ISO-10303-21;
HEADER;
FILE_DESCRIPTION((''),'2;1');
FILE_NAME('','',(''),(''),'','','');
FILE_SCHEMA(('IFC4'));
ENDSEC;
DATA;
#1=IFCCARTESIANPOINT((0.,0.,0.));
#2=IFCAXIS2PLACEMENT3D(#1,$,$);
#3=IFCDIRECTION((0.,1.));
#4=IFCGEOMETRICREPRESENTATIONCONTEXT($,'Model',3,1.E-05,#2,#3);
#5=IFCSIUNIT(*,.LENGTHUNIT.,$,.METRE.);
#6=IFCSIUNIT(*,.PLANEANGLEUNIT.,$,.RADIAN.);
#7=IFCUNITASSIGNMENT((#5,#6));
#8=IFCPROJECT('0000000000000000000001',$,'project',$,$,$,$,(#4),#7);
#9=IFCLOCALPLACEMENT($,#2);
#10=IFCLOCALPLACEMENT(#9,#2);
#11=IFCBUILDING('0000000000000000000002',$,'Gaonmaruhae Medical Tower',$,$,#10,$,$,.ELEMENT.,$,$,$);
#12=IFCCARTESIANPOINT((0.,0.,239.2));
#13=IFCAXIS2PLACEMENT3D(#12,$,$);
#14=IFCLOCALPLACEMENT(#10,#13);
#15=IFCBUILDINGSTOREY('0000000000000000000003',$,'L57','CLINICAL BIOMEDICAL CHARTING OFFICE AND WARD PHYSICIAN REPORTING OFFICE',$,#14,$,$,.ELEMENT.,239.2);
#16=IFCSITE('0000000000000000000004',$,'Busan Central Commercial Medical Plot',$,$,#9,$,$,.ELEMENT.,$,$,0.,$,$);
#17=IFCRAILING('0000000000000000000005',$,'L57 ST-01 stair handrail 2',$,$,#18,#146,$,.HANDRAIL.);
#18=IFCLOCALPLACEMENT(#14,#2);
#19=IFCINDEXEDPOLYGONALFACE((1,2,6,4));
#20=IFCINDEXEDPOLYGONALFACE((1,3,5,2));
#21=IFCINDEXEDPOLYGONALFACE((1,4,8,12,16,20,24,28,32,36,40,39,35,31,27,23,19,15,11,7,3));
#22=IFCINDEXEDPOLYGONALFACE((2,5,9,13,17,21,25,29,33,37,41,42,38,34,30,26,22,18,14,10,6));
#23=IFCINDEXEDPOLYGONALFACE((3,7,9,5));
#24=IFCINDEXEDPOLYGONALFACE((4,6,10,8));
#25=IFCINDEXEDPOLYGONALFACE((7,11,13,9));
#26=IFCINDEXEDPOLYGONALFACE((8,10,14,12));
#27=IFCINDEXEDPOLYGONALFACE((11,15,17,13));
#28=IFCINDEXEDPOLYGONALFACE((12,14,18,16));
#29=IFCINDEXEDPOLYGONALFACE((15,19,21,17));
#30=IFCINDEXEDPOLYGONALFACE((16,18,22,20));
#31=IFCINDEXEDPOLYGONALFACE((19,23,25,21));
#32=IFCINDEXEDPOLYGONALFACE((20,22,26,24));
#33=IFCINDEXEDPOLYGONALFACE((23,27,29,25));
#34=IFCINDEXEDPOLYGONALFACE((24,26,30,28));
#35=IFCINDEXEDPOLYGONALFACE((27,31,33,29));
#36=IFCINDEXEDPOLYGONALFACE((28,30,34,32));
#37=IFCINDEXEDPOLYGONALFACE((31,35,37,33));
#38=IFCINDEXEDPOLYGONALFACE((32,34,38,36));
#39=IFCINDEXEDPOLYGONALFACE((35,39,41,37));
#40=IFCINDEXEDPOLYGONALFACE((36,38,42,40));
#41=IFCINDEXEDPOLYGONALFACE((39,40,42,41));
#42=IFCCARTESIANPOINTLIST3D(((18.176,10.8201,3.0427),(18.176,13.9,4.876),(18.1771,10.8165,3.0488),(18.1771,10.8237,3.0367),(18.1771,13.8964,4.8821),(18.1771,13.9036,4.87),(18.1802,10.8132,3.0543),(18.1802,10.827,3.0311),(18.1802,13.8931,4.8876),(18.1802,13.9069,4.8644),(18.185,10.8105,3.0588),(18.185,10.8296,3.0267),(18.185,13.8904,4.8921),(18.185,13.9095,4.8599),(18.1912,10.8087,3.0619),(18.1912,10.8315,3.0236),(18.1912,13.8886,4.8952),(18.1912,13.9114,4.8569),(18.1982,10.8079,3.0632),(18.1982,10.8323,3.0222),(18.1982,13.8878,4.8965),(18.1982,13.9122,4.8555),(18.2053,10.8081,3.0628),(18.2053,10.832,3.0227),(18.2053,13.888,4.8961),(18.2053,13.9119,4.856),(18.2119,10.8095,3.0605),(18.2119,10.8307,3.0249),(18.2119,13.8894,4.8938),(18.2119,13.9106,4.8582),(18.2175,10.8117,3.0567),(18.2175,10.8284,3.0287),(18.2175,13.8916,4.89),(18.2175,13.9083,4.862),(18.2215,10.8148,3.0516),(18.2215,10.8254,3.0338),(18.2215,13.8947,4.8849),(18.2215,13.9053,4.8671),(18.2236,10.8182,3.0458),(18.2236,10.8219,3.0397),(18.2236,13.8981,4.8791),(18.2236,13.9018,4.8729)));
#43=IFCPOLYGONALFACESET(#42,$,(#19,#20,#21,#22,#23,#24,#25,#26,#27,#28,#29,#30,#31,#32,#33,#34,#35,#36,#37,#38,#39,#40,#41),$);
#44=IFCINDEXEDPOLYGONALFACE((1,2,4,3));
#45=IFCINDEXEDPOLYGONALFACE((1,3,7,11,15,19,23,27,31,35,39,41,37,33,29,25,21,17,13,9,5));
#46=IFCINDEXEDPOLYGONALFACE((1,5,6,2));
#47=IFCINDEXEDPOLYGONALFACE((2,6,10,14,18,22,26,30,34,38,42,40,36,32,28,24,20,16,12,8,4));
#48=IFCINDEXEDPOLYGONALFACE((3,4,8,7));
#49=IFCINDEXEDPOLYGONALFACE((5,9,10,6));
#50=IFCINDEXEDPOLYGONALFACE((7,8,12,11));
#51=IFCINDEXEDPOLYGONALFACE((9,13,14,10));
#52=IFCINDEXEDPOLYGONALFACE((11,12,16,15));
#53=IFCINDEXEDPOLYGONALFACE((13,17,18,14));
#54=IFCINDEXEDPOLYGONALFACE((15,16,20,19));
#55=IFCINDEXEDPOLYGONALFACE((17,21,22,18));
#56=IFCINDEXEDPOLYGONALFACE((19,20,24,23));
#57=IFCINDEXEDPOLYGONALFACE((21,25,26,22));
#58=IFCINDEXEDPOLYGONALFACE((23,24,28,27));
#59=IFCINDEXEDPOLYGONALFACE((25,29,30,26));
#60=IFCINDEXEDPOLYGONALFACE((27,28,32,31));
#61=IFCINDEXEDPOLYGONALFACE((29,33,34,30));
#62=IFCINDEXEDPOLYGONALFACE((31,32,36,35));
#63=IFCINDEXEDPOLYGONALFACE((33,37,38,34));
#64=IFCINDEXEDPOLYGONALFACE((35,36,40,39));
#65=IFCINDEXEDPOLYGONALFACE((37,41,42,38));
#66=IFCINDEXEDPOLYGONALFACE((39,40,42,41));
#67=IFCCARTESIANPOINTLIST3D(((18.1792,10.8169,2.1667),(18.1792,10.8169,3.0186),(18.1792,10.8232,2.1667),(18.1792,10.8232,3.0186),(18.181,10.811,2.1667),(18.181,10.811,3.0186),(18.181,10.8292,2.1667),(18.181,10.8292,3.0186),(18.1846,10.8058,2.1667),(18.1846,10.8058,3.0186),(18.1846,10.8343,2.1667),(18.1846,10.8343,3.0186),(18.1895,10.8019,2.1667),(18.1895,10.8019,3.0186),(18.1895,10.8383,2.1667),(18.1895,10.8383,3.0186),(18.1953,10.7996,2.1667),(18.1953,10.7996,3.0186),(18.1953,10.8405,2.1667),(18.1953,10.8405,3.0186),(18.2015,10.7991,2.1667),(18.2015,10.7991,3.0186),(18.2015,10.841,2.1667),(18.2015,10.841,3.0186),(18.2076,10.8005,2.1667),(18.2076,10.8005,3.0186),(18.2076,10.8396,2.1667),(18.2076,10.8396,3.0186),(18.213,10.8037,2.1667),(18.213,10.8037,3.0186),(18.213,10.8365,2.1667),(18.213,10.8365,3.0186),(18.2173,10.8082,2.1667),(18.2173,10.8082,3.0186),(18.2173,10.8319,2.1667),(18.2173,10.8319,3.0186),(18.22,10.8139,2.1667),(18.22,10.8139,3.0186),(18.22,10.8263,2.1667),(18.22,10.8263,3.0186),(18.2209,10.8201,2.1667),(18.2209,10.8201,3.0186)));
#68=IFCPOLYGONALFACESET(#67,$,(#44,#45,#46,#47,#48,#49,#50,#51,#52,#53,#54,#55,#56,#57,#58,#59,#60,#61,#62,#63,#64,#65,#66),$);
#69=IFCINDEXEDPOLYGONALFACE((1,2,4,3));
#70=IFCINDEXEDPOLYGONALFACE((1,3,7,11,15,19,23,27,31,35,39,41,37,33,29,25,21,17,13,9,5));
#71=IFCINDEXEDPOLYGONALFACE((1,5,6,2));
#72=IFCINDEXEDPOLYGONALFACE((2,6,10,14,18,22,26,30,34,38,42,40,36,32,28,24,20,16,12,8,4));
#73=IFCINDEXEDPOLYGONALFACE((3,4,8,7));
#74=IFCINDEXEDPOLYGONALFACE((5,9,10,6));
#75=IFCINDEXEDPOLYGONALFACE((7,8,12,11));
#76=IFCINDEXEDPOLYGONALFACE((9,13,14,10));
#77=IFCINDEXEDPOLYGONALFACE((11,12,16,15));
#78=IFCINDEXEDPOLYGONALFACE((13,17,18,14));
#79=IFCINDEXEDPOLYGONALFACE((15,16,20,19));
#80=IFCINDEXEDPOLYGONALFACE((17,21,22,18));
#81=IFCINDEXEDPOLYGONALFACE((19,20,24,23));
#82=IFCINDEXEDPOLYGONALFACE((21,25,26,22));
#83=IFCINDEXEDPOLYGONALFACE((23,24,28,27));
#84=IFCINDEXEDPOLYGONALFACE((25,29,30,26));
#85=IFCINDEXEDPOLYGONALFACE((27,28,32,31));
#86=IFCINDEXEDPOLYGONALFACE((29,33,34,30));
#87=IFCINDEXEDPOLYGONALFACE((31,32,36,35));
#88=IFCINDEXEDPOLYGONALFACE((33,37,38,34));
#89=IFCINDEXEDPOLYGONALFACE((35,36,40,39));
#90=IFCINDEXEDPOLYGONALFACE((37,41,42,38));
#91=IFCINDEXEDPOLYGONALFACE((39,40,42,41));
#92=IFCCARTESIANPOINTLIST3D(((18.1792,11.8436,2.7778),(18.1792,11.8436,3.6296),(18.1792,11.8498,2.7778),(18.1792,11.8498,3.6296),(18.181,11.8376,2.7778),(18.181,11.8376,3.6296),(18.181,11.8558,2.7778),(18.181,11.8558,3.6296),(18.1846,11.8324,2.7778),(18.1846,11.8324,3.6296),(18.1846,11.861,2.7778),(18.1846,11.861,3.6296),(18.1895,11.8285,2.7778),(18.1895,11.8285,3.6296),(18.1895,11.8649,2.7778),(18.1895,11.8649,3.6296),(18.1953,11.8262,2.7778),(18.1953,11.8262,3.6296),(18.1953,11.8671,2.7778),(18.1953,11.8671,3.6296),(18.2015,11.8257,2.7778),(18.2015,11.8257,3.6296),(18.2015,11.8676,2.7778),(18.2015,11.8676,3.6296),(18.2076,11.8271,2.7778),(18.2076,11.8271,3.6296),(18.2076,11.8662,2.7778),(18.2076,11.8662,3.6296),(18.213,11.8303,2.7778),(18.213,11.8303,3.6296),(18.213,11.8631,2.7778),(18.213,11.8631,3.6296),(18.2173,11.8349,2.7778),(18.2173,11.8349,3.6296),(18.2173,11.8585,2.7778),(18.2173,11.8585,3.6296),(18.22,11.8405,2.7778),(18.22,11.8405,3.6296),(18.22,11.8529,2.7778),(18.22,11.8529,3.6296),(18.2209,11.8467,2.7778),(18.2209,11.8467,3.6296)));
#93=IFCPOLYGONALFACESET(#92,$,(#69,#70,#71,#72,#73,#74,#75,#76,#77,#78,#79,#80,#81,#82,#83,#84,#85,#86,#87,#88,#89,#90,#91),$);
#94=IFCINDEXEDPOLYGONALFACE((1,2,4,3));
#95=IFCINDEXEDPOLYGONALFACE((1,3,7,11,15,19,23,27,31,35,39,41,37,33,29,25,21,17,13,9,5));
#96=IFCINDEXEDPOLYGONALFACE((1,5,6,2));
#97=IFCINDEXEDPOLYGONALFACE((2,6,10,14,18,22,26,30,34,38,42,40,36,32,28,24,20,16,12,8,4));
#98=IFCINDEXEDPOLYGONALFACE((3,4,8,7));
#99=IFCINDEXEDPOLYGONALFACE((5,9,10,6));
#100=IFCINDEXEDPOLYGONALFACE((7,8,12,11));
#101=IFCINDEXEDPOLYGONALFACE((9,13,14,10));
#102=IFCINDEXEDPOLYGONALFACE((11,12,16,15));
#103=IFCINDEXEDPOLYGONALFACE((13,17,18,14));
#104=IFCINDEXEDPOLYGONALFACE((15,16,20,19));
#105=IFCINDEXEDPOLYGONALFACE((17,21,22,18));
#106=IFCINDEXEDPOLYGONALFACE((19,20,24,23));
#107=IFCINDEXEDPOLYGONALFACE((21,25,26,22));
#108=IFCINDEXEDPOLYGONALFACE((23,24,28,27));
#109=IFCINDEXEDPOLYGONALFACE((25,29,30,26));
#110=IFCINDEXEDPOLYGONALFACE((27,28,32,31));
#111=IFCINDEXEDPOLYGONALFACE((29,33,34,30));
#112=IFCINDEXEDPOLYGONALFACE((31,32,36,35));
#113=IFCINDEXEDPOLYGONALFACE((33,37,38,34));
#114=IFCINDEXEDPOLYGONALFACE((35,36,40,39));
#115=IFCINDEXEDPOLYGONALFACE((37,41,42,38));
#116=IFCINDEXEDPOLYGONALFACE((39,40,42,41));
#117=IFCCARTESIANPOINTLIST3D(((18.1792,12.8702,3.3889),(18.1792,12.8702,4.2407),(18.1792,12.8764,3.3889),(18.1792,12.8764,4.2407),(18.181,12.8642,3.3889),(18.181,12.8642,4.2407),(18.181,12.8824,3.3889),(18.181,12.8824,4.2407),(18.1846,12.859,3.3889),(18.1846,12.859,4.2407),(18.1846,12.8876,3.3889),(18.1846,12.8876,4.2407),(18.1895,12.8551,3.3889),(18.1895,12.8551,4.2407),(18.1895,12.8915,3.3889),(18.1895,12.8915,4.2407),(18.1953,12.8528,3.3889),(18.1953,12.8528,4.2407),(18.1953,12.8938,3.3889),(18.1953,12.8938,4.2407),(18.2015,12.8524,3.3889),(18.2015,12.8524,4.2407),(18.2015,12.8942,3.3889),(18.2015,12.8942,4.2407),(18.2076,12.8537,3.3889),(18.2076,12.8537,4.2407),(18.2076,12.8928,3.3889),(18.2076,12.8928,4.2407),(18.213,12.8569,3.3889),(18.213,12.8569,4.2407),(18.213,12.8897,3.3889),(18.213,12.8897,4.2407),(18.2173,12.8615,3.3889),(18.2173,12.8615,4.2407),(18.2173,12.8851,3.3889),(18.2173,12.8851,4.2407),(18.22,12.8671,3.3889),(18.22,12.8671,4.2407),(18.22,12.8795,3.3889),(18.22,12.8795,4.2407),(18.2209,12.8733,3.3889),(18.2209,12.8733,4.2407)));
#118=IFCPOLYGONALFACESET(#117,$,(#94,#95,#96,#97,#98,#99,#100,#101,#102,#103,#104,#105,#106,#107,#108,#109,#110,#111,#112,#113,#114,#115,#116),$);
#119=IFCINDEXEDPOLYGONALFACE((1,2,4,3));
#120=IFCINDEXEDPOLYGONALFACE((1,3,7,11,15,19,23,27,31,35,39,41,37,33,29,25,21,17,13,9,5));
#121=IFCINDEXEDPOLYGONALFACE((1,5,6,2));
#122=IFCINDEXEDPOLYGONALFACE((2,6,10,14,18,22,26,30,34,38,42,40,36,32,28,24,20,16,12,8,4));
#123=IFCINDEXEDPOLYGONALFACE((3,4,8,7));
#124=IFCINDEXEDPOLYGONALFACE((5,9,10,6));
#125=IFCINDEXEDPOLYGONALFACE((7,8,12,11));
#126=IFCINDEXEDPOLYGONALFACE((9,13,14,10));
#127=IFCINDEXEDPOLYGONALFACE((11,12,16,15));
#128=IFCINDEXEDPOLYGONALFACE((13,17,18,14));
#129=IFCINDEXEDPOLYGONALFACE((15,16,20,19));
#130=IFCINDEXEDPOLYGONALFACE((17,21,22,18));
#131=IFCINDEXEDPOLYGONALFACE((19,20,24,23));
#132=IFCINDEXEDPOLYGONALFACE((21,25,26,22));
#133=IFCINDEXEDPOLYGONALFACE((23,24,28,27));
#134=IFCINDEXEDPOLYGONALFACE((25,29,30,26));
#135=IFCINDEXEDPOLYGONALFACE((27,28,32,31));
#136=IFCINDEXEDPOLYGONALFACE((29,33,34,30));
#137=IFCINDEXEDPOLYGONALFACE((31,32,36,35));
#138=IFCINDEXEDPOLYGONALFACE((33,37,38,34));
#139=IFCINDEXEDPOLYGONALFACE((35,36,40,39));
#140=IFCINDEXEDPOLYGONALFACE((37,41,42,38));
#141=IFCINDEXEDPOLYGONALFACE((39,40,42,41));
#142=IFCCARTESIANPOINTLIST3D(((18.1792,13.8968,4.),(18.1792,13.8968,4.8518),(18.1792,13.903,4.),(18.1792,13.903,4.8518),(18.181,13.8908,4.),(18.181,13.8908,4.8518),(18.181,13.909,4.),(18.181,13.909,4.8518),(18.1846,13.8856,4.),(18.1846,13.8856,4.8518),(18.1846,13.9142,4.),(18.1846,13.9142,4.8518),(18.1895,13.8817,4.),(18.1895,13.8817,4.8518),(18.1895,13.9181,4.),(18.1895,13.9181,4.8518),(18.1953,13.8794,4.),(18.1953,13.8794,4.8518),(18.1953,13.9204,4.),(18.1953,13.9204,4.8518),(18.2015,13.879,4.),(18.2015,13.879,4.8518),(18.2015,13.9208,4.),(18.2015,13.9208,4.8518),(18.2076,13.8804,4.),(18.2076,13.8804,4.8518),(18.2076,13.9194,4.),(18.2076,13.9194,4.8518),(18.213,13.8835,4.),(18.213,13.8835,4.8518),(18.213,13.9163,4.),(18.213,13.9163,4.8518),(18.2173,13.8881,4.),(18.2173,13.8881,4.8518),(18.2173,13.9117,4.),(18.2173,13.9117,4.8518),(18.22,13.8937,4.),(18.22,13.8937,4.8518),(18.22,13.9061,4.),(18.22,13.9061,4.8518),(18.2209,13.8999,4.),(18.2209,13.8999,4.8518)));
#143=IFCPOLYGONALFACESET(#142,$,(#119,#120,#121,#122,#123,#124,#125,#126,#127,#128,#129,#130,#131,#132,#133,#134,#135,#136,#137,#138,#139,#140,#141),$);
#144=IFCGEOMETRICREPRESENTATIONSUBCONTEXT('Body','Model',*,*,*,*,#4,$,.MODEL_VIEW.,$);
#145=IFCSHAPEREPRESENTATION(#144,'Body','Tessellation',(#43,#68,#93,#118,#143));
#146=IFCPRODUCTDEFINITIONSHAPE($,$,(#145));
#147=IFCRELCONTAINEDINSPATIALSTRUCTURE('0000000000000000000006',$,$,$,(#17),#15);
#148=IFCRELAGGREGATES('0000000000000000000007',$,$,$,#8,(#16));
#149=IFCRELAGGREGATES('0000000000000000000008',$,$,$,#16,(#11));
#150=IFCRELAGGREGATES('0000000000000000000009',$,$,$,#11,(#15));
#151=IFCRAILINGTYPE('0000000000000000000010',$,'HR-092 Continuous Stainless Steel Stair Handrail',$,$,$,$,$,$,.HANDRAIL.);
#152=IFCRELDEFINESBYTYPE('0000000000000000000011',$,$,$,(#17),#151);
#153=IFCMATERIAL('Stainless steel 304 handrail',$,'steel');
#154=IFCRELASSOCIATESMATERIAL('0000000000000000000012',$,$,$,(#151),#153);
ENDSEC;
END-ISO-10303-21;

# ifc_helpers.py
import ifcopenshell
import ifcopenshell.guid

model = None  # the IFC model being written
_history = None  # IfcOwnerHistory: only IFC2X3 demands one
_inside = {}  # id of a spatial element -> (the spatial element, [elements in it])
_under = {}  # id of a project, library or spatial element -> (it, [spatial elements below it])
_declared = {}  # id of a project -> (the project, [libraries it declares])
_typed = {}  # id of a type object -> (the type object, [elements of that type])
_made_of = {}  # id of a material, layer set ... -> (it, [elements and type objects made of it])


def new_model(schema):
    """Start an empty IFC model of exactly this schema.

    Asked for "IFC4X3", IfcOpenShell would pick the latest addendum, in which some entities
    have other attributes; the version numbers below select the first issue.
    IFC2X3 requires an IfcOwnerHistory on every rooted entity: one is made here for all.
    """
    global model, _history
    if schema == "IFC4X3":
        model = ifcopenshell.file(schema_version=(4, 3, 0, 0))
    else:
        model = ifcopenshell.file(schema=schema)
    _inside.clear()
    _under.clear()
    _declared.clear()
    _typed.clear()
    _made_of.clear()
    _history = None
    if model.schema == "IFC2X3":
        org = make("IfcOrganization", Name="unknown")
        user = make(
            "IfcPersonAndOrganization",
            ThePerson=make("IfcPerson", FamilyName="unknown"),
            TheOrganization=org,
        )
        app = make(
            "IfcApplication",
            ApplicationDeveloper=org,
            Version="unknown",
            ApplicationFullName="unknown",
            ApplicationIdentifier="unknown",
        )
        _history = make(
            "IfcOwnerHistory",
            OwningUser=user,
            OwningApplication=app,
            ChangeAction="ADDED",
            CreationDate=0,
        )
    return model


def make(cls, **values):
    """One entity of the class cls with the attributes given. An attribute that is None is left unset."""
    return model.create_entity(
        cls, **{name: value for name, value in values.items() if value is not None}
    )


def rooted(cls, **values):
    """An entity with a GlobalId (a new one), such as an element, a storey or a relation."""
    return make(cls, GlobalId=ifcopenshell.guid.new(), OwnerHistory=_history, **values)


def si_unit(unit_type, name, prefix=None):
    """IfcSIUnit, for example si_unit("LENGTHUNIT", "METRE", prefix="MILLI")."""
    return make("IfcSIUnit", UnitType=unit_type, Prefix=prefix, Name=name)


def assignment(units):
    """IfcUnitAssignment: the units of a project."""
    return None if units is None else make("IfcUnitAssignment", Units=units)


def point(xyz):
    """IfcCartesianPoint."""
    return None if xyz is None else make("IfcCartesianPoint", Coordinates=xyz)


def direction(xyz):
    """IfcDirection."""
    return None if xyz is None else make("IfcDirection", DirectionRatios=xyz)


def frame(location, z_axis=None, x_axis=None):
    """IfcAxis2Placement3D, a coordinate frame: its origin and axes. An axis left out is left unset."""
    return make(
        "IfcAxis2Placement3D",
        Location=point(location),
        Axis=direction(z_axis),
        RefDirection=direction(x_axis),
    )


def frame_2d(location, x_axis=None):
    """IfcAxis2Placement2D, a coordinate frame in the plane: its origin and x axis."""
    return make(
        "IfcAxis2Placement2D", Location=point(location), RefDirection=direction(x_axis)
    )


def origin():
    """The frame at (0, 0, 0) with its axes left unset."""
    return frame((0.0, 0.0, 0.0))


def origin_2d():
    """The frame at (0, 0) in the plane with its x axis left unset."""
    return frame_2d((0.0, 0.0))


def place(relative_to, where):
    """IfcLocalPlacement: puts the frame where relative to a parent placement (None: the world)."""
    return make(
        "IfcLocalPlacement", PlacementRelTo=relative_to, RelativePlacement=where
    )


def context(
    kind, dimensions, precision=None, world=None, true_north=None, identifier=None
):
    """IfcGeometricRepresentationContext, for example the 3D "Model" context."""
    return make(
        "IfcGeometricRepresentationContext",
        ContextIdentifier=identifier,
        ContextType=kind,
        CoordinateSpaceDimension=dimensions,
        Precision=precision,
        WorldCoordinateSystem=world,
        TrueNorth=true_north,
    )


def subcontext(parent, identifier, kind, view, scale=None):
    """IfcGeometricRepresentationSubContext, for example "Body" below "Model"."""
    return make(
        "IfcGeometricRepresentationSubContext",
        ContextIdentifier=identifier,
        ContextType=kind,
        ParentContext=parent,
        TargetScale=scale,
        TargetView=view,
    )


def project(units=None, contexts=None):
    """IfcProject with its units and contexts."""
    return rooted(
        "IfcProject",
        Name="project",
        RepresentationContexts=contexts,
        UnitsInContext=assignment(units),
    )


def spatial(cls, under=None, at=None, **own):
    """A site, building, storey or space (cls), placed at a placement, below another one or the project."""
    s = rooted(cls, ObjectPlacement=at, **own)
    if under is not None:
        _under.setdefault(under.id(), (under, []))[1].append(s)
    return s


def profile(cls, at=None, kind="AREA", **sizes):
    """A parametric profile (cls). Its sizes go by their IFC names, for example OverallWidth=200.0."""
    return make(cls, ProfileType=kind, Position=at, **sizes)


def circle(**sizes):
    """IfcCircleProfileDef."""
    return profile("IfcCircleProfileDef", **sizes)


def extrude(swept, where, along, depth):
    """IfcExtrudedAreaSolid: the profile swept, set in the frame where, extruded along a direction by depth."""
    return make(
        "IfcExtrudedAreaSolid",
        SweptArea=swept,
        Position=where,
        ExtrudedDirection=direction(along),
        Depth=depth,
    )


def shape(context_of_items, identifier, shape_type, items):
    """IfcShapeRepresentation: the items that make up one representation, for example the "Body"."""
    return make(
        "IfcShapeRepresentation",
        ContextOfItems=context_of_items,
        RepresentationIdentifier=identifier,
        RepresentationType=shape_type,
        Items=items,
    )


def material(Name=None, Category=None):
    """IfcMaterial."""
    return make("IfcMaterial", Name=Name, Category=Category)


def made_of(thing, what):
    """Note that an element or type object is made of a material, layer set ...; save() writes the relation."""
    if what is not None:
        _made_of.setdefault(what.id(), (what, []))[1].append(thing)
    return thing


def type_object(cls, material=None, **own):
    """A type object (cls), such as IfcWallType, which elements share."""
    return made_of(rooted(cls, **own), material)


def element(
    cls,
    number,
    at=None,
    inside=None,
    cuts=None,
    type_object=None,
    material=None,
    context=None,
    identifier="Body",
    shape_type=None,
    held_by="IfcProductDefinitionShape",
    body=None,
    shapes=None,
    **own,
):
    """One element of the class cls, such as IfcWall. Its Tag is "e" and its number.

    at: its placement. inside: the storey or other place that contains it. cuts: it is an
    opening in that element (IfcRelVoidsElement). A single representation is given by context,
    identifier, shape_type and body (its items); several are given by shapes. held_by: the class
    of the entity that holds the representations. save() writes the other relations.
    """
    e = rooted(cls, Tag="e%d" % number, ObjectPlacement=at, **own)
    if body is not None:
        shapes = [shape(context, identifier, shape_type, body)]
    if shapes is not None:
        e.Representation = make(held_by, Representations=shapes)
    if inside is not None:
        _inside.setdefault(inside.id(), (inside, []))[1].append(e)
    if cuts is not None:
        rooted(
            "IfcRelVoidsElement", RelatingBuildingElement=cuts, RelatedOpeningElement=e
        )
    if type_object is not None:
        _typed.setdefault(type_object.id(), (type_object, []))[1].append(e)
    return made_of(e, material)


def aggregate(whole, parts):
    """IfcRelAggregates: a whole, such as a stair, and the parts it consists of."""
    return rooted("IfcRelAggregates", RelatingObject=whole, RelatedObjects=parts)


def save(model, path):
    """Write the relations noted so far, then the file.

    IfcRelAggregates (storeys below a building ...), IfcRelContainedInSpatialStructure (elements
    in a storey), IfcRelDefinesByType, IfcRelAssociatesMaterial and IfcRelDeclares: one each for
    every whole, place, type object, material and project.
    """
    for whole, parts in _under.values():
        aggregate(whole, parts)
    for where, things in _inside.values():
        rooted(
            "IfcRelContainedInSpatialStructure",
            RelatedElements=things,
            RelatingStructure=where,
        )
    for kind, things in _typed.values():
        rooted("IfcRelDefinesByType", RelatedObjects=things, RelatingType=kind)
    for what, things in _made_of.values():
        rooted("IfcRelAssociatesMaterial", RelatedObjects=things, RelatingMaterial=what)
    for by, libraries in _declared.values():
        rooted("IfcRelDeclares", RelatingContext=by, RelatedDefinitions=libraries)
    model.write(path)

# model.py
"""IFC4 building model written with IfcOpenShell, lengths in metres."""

from ifc_helpers import new_model, si_unit, direction, frame, origin, origin_2d, place, context, subcontext, project, spatial, circle, extrude, material, type_object, element, save


model = new_model("IFC4")

# Units and contexts
model_context = context("Model", 3, precision=1e-05, world=origin(), true_north=direction((0.0, 1.0)))
body_context = subcontext(model_context, "Body", "Model", "MODEL_VIEW")
ifc_project = project(units=[si_unit("LENGTHUNIT", "METRE"), si_unit("PLANEANGLEUNIT", "RADIAN")], contexts=[model_context])

# Site, building, storey
site_placement = place(None, origin())
site = spatial("IfcSite", under=ifc_project, at=site_placement, Name="Busan Central Commercial Medical Plot", CompositionType="ELEMENT", RefElevation=0.0)
building_placement = place(site_placement, origin())
building = spatial("IfcBuilding", under=site, at=building_placement, Name="Gaonmaruhae Medical Tower", CompositionType="ELEMENT")
storey_placement = place(building_placement, frame((0.0, 0.0, 239.2)))
storey = spatial("IfcBuildingStorey", under=building, at=storey_placement, Name="L57", Description="CLINICAL BIOMEDICAL CHARTING OFFICE AND WARD PHYSICIAN REPORTING OFFICE", CompositionType="ELEMENT", Elevation=239.2)

# Railing
ifc_material_1 = material(Name="Stainless steel 304 handrail", Category="steel")
railing_type_1 = type_object("IfcRailingType", Name="HR-092 Continuous Stainless Steel Stair Handrail", PredefinedType="HANDRAIL", material=ifc_material_1)
railing_1_placement = place(storey_placement, frame((18.2, 10.8201, 2.1667)))
element("IfcRailing", 1, at=railing_1_placement, inside=storey, type_object=railing_type_1, Name="L57 ST-01 stair handrail 2", PredefinedType="HANDRAIL", context=body_context, shape_type="SweptSolid", body=[
    extrude(circle(Radius=0.0239, at=origin_2d()), frame((0.0, 0.0, 0.876), z_axis=(0.0, 0.859291, 0.511487), x_axis=(-1.0, 0.0, 0.0)), (0.0, 0.0, 1.0), 3.5842),
    extrude(circle(Radius=0.021, at=origin_2d()), origin(), (0.0, 0.0, 1.0), 0.8518),
    extrude(circle(Radius=0.021, at=origin_2d()), frame((0.0, 1.0266, 0.6111)), (0.0, 0.0, 1.0), 0.8518),
    extrude(circle(Radius=0.021, at=origin_2d()), frame((0.0, 2.0532, 1.2222)), (0.0, 0.0, 1.0), 0.8518),
    extrude(circle(Radius=0.021, at=origin_2d()), frame((0.0, 3.0798, 1.8333)), (0.0, 0.0, 1.0), 0.8518),
])

save(model, "model.ifc")
